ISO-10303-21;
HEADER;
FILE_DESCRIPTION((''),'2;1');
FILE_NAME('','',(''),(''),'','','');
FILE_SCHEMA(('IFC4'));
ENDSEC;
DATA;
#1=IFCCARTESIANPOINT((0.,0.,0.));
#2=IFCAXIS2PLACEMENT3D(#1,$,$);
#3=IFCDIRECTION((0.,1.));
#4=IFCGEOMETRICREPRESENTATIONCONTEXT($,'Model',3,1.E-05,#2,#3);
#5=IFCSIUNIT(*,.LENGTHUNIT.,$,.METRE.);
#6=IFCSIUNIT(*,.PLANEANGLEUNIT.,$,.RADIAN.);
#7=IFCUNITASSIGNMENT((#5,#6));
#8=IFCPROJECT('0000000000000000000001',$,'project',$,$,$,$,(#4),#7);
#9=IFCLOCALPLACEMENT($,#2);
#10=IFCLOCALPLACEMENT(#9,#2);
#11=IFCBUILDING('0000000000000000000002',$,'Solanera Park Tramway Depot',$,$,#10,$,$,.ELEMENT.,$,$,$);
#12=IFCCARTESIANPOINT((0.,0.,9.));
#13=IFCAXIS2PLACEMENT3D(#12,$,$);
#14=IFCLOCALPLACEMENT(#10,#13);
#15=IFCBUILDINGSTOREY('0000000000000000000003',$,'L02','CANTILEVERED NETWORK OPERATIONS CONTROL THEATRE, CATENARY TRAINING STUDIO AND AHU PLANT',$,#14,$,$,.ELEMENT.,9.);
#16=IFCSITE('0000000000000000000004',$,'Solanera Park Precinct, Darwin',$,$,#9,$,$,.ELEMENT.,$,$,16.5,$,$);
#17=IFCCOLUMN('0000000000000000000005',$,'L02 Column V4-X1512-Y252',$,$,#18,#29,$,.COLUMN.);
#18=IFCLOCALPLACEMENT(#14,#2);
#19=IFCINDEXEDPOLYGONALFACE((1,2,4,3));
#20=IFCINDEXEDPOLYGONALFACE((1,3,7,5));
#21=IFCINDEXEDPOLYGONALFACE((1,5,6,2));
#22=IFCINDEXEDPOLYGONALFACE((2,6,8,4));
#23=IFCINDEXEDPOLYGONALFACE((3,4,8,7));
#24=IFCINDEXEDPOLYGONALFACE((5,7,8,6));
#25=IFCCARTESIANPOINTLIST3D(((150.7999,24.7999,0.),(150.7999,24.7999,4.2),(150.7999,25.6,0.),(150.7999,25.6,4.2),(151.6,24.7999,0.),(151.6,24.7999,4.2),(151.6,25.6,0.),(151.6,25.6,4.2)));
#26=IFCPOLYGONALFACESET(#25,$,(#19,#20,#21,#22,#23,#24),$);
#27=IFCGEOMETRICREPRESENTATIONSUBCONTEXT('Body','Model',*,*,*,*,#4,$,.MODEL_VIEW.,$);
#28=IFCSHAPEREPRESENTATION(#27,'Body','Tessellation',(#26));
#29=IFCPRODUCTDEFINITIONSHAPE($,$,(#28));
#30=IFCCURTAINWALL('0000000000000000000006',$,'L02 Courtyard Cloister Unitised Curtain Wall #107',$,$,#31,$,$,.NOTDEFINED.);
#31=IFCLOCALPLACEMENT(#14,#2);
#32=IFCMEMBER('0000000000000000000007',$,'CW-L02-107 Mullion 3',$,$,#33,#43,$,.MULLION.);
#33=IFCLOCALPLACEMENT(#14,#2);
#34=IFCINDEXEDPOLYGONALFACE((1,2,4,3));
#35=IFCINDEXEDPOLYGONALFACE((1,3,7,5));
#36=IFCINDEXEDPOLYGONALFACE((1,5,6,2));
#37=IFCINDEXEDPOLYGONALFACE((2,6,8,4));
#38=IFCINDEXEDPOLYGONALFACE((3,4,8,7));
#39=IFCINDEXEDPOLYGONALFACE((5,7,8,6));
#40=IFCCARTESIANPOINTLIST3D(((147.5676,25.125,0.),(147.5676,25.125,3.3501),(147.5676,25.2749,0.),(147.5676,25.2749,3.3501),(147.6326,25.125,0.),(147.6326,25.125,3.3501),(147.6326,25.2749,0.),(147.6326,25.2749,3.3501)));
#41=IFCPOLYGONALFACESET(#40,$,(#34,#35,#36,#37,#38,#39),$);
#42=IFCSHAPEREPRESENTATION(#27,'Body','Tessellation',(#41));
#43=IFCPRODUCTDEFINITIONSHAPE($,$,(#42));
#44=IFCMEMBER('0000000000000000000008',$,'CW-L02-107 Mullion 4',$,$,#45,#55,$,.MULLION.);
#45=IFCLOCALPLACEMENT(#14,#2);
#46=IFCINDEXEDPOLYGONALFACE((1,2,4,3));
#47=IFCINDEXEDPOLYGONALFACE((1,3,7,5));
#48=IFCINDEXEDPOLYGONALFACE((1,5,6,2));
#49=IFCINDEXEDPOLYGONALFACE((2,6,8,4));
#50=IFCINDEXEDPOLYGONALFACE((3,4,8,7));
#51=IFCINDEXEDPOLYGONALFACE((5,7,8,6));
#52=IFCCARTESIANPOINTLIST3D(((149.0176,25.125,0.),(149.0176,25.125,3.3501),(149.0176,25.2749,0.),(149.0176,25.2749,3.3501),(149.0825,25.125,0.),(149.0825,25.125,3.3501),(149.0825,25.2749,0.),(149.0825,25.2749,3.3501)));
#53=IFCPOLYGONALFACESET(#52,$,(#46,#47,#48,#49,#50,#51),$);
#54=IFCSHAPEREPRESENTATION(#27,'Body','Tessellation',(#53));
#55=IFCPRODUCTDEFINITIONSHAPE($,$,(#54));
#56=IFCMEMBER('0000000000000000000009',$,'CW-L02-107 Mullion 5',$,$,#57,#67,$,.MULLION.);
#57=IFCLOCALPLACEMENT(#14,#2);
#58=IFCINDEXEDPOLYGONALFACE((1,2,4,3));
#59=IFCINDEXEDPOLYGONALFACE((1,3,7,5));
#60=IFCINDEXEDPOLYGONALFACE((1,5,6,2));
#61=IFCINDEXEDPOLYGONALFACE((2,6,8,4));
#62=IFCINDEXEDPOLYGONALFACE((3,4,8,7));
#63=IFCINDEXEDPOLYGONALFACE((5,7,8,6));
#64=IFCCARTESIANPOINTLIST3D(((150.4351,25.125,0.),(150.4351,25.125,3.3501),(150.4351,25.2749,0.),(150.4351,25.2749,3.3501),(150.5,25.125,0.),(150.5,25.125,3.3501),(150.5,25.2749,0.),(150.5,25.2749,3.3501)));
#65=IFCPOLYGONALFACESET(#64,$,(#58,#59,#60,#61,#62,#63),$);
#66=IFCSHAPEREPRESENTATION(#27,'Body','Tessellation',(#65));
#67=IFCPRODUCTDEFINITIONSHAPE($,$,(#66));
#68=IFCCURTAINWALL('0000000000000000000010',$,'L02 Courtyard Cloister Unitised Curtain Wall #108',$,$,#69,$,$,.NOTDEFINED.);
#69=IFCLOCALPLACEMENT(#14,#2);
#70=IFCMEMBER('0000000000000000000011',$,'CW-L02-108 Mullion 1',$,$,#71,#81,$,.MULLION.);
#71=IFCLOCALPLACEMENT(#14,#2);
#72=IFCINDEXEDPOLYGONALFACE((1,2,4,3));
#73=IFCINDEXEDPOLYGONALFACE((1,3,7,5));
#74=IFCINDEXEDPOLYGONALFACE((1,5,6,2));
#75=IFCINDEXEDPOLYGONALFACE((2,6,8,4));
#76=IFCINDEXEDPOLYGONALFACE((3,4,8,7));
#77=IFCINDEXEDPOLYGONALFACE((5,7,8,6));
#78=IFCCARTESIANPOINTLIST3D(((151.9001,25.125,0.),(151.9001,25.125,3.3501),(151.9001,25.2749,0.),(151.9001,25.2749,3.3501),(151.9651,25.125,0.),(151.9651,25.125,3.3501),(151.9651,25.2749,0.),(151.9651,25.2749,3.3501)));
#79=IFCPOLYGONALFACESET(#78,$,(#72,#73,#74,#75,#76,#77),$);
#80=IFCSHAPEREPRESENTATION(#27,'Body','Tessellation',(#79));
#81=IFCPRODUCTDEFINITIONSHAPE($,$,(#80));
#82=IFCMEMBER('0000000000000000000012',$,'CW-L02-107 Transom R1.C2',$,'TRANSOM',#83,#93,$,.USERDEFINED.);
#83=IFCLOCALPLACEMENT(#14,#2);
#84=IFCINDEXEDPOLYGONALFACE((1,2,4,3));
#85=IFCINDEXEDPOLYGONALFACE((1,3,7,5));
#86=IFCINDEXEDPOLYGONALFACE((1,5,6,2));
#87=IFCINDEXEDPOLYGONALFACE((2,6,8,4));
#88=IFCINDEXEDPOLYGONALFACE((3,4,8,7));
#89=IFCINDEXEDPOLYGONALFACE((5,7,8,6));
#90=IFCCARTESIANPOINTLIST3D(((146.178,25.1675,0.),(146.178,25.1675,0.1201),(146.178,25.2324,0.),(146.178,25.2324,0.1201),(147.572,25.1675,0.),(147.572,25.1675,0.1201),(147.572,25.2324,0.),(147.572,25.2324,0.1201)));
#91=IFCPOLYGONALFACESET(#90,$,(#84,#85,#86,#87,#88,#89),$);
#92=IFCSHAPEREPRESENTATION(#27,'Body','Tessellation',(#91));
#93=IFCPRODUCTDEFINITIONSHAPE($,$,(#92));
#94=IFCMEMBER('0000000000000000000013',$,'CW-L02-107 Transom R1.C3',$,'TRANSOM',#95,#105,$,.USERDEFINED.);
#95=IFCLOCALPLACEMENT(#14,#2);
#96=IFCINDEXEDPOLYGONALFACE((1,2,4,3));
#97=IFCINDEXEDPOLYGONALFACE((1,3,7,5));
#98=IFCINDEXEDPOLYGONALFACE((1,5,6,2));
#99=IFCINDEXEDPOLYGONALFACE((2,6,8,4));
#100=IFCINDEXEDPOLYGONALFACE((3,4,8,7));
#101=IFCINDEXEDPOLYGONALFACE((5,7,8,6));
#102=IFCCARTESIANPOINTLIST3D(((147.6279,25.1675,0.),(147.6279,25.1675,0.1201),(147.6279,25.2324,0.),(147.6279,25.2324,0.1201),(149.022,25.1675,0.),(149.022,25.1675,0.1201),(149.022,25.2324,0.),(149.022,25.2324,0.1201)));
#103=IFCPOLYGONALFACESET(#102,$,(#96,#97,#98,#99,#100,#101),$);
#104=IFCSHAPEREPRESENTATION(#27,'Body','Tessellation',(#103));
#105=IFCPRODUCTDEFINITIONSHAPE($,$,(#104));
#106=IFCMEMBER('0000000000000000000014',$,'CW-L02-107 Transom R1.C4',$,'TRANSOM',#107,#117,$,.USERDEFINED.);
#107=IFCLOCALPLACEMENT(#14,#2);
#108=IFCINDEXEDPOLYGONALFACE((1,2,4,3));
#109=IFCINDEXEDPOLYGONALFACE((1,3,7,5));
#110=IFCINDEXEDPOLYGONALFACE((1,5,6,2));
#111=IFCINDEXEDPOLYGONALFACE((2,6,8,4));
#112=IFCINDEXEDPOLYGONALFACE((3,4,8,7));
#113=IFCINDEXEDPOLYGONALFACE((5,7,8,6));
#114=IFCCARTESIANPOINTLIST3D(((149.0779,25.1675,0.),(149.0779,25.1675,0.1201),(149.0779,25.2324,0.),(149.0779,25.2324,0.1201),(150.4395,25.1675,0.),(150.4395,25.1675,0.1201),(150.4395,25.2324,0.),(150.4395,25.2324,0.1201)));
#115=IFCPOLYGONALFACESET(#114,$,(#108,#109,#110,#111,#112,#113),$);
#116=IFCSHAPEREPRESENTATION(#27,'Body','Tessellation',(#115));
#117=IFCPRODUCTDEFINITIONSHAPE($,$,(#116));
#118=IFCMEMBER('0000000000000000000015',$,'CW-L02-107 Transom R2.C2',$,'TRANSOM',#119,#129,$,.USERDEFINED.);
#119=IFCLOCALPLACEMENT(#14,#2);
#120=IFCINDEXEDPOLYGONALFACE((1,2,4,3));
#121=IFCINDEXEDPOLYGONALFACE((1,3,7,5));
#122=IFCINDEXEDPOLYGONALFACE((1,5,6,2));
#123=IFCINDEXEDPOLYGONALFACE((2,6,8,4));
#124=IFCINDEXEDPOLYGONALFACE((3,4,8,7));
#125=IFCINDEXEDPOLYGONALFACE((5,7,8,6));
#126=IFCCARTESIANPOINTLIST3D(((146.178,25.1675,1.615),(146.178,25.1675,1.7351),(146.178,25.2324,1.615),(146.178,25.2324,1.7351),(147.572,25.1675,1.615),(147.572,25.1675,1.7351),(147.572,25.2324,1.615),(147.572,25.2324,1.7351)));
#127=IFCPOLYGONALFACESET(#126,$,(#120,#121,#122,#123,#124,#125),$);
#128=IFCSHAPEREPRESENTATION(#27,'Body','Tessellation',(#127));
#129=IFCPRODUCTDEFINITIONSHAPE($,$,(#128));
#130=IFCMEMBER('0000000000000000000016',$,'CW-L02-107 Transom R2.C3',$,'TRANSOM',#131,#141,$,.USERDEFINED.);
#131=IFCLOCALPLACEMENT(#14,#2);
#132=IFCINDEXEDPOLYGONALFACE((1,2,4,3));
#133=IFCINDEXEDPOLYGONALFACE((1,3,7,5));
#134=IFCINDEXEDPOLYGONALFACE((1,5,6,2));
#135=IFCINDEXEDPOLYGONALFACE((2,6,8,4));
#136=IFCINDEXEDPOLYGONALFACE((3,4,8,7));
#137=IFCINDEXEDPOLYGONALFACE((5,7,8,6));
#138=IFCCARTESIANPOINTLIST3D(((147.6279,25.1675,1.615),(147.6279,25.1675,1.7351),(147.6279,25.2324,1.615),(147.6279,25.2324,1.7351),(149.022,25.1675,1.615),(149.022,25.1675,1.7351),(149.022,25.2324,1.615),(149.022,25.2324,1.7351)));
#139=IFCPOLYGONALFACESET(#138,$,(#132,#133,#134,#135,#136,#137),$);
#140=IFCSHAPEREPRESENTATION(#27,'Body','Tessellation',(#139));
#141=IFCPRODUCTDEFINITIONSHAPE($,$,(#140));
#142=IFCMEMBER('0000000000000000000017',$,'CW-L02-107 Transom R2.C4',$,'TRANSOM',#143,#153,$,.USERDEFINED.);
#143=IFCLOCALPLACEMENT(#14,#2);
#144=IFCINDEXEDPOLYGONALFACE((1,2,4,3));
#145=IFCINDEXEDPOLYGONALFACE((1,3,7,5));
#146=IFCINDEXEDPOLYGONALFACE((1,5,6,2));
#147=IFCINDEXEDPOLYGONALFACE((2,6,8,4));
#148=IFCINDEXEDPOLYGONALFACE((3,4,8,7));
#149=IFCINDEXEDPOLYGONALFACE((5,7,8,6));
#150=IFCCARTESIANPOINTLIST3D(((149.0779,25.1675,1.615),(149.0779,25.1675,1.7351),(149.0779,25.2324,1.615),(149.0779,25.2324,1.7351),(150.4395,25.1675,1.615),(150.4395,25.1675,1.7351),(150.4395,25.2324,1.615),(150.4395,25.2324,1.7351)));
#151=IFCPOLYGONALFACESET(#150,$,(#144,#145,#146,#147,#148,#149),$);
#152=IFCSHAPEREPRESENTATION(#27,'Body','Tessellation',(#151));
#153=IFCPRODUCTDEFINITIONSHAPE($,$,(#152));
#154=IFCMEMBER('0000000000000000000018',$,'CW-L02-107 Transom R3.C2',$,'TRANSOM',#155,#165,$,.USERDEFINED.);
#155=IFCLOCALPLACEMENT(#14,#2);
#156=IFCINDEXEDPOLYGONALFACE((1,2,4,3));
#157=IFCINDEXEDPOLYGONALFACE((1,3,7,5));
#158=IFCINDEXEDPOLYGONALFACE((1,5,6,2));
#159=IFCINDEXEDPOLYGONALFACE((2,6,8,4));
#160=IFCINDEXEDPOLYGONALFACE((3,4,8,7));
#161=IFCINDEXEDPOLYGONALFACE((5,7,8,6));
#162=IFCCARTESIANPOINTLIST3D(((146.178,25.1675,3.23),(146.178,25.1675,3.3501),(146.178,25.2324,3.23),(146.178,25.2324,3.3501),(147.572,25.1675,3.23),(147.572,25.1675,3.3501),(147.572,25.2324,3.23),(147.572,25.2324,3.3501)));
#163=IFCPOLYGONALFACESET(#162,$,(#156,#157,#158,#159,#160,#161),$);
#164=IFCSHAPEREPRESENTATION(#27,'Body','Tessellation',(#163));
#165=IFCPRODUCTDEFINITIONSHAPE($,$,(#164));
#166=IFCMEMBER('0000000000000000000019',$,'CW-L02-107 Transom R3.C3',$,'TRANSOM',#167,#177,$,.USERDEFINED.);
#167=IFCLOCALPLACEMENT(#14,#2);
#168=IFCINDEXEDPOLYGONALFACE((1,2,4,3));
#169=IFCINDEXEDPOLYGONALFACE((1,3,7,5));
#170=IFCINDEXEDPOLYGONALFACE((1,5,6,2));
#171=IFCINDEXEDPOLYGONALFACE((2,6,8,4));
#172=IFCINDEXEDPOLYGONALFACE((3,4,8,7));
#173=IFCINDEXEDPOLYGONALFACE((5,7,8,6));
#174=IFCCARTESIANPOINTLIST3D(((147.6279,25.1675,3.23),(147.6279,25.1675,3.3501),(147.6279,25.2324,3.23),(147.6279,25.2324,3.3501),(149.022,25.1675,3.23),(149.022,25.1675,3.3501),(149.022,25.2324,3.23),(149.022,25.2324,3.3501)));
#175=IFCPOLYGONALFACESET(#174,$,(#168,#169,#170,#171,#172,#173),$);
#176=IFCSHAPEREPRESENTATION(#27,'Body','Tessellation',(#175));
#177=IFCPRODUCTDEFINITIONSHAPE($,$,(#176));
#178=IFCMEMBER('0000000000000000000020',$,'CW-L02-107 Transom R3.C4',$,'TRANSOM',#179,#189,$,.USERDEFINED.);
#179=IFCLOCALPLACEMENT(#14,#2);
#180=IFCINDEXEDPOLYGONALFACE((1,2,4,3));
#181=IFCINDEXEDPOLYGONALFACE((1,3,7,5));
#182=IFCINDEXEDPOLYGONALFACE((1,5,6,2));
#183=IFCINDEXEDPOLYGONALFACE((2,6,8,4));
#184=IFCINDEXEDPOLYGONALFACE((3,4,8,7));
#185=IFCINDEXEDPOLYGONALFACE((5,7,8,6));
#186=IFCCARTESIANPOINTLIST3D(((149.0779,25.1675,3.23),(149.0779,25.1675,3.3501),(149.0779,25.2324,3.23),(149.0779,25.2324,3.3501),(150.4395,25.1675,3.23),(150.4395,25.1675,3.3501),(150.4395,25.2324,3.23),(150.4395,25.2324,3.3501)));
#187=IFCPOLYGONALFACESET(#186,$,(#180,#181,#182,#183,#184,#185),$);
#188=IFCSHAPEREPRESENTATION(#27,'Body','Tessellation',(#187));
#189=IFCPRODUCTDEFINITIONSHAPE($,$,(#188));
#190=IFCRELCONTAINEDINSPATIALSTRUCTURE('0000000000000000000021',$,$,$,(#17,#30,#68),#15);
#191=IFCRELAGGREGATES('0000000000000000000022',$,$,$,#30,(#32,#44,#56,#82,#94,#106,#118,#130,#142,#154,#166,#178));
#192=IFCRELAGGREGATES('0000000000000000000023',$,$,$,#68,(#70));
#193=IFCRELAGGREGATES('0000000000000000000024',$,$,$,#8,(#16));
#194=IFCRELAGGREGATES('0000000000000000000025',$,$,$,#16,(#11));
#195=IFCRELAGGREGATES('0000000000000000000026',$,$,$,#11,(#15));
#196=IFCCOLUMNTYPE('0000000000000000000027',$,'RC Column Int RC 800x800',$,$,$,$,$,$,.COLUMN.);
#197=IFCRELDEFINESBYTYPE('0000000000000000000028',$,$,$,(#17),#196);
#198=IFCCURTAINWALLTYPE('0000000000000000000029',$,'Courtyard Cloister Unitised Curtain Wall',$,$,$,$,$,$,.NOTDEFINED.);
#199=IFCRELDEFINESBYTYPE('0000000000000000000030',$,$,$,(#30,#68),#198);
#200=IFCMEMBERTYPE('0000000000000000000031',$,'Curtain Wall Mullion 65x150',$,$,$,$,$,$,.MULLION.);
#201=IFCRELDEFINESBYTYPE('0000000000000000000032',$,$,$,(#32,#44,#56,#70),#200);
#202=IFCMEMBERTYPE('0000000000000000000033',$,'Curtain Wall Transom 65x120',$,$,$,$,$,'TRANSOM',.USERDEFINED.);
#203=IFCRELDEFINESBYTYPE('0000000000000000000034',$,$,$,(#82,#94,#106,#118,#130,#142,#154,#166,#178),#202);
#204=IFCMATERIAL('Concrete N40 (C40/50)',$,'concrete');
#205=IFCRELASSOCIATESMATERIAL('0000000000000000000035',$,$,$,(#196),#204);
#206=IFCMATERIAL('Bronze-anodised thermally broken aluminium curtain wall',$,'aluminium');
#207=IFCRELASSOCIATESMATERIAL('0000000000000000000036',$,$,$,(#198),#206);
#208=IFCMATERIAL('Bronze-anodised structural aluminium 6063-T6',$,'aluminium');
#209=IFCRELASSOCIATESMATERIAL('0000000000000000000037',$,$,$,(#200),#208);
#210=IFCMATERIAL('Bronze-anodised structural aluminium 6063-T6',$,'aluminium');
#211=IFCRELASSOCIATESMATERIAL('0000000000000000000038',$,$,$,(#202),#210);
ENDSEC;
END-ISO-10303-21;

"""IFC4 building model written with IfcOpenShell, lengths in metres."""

from ifc_helpers import new_model, si_unit, direction, frame, origin, origin_2d, place, context, subcontext, project, spatial, rectangle, extrude, material, material_profile, profile_set, type_object, element, aggregate, save


model = new_model("IFC4")

# Units and contexts
model_context = context("Model", 3, precision=1e-05, world=origin(), true_north=direction((0.0, 1.0)))
body_context = subcontext(model_context, "Body", "Model", "MODEL_VIEW")
ifc_project = project(units=[si_unit("LENGTHUNIT", "METRE"), si_unit("PLANEANGLEUNIT", "RADIAN")], contexts=[model_context])

# Site, building, storey
site_placement = place(None, origin())
site = spatial("IfcSite", under=ifc_project, at=site_placement, Name="Solanera Park Precinct, Darwin", CompositionType="ELEMENT", RefElevation=16.5)
building_placement = place(site_placement, origin())
building = spatial("IfcBuilding", under=site, at=building_placement, Name="Solanera Park Tramway Depot", CompositionType="ELEMENT")
storey_placement = place(building_placement, frame((0.0, 0.0, 9.0)))
storey = spatial("IfcBuildingStorey", under=building, at=storey_placement, Name="L02", Description="CANTILEVERED NETWORK OPERATIONS CONTROL THEATRE, CATENARY TRAINING STUDIO AND AHU PLANT", CompositionType="ELEMENT", Elevation=9.0)

# Column
ifc_material_1 = material(Name="Concrete N40 (C40/50)", Category="concrete")
ifc_material_profile_1 = material_profile(ifc_material_1, rectangle(XDim=0.8, YDim=0.8, at=origin_2d()), Name="RC 800x800")
ifc_profile_set_1 = profile_set([ifc_material_profile_1], Name="Concrete N40 (C40/50)")
column_type = type_object("IfcColumnType", Name="RC Column Int RC 800x800", PredefinedType="COLUMN", material=ifc_profile_set_1)
column_placement = place(storey_placement, frame((151.2, 25.2, 0.0), z_axis=(0.0, 0.0, 1.0), x_axis=(1.0, 0.0, 0.0)))
element("IfcColumn", 1, at=column_placement, inside=storey, type_object=column_type, Name="L02 Column V4-X1512-Y252", PredefinedType="COLUMN", context=body_context, shape_type="SweptSolid", body=[
    extrude(rectangle(XDim=0.8, YDim=0.8, at=origin_2d()), origin(), (0.0, 0.0, 1.0), 4.2),
])

# Curtain wall, members
ifc_material_2 = material(Name="Bronze-anodised thermally broken aluminium curtain wall", Category="aluminium")
curtain_wall_type = type_object("IfcCurtainWallType", Name="Courtyard Cloister Unitised Curtain Wall", PredefinedType="NOTDEFINED", material=ifc_material_2)
curtain_wall_1_placement = place(storey_placement, origin())
curtain_wall_1 = element("IfcCurtainWall", 2, at=curtain_wall_1_placement, inside=storey, type_object=curtain_wall_type, Name="L02 Courtyard Cloister Unitised Curtain Wall #107", PredefinedType="NOTDEFINED")
ifc_material_3 = material(Name="Bronze-anodised structural aluminium 6063-T6", Category="aluminium")
ifc_material_profile_2 = material_profile(ifc_material_3, rectangle(XDim=0.0649, YDim=0.1499, at=origin_2d()), Name="Curtain Wall Mullion 65x150")
ifc_profile_set_2 = profile_set([ifc_material_profile_2], Name="Bronze-anodised structural aluminium 6063-T6")
member_type_1 = type_object("IfcMemberType", Name="Curtain Wall Mullion 65x150", PredefinedType="MULLION", material=ifc_profile_set_2)
member_1_placement = place(storey_placement, frame((147.6001, 25.2, 0.0), z_axis=(0.0, 0.0, 1.0), x_axis=(1.0, 0.0, 0.0)))
member_1 = element("IfcMember", 3, at=member_1_placement, type_object=member_type_1, Name="CW-L02-107 Mullion 3", PredefinedType="MULLION", context=body_context, shape_type="SweptSolid", body=[
    extrude(rectangle(XDim=0.0649, YDim=0.1499, at=origin_2d()), origin(), (0.0, 0.0, 1.0), 3.3501),
])
member_2_placement = place(storey_placement, frame((149.05, 25.2, 0.0), z_axis=(0.0, 0.0, 1.0), x_axis=(1.0, 0.0, 0.0)))
member_2 = element("IfcMember", 4, at=member_2_placement, type_object=member_type_1, Name="CW-L02-107 Mullion 4", PredefinedType="MULLION", context=body_context, shape_type="SweptSolid", body=[
    extrude(rectangle(XDim=0.0649, YDim=0.1499, at=origin_2d()), origin(), (0.0, 0.0, 1.0), 3.3501),
])
member_3_placement = place(storey_placement, frame((150.4675, 25.2, 0.0), z_axis=(0.0, 0.0, 1.0), x_axis=(1.0, 0.0, 0.0)))
member_3 = element("IfcMember", 5, at=member_3_placement, type_object=member_type_1, Name="CW-L02-107 Mullion 5", PredefinedType="MULLION", context=body_context, shape_type="SweptSolid", body=[
    extrude(rectangle(XDim=0.0649, YDim=0.1499, at=origin_2d()), origin(), (0.0, 0.0, 1.0), 3.3501),
])

# Curtain wall, member
curtain_wall_2_placement = place(storey_placement, origin())
curtain_wall_2 = element("IfcCurtainWall", 6, at=curtain_wall_2_placement, inside=storey, type_object=curtain_wall_type, Name="L02 Courtyard Cloister Unitised Curtain Wall #108", PredefinedType="NOTDEFINED")
member_4_placement = place(storey_placement, frame((151.9326, 25.2, 0.0), z_axis=(0.0, 0.0, 1.0), x_axis=(1.0, 0.0, 0.0)))
member_4 = element("IfcMember", 7, at=member_4_placement, type_object=member_type_1, Name="CW-L02-108 Mullion 1", PredefinedType="MULLION", context=body_context, shape_type="SweptSolid", body=[
    extrude(rectangle(XDim=0.0649, YDim=0.1499, at=origin_2d()), origin(), (0.0, 0.0, 1.0), 3.3501),
])

# Members
ifc_material_4 = material(Name="Bronze-anodised structural aluminium 6063-T6", Category="aluminium")
ifc_material_profile_3 = material_profile(ifc_material_4, rectangle(XDim=0.0649, YDim=0.1201, at=origin_2d()), Name="Curtain Wall Transom 65x120")
ifc_profile_set_3 = profile_set([ifc_material_profile_3], Name="Bronze-anodised structural aluminium 6063-T6")
member_type_2 = type_object("IfcMemberType", Name="Curtain Wall Transom 65x120", ElementType="TRANSOM", PredefinedType="USERDEFINED", material=ifc_profile_set_3)
member_5_placement = place(storey_placement, frame((146.178, 25.2, 0.0601), z_axis=(1.0, 0.0, 0.0), x_axis=(0.0, 1.0, 0.0)))
member_5 = element("IfcMember", 8, at=member_5_placement, type_object=member_type_2, Name="CW-L02-107 Transom R1.C2", ObjectType="TRANSOM", PredefinedType="USERDEFINED", context=body_context, shape_type="SweptSolid", body=[
    extrude(rectangle(XDim=0.0649, YDim=0.1201, at=origin_2d()), origin(), (0.0, 0.0, 1.0), 1.394),
])
member_6_placement = place(storey_placement, frame((147.6279, 25.2, 0.0601), z_axis=(1.0, 0.0, 0.0), x_axis=(0.0, 1.0, 0.0)))
member_6 = element("IfcMember", 9, at=member_6_placement, type_object=member_type_2, Name="CW-L02-107 Transom R1.C3", ObjectType="TRANSOM", PredefinedType="USERDEFINED", context=body_context, shape_type="SweptSolid", body=[
    extrude(rectangle(XDim=0.0649, YDim=0.1201, at=origin_2d()), origin(), (0.0, 0.0, 1.0), 1.394),
])
member_7_placement = place(storey_placement, frame((149.0779, 25.2, 0.0601), z_axis=(1.0, 0.0, 0.0), x_axis=(0.0, 1.0, 0.0)))
member_7 = element("IfcMember", 10, at=member_7_placement, type_object=member_type_2, Name="CW-L02-107 Transom R1.C4", ObjectType="TRANSOM", PredefinedType="USERDEFINED", context=body_context, shape_type="SweptSolid", body=[
    extrude(rectangle(XDim=0.0649, YDim=0.1201, at=origin_2d()), origin(), (0.0, 0.0, 1.0), 1.3616),
])
member_8_placement = place(storey_placement, frame((146.178, 25.2, 1.675), z_axis=(1.0, 0.0, 0.0), x_axis=(0.0, 1.0, 0.0)))
member_8 = element("IfcMember", 11, at=member_8_placement, type_object=member_type_2, Name="CW-L02-107 Transom R2.C2", ObjectType="TRANSOM", PredefinedType="USERDEFINED", context=body_context, shape_type="SweptSolid", body=[
    extrude(rectangle(XDim=0.0649, YDim=0.1201, at=origin_2d()), origin(), (0.0, 0.0, 1.0), 1.394),
])
member_9_placement = place(storey_placement, frame((147.6279, 25.2, 1.675), z_axis=(1.0, 0.0, 0.0), x_axis=(0.0, 1.0, 0.0)))
member_9 = element("IfcMember", 12, at=member_9_placement, type_object=member_type_2, Name="CW-L02-107 Transom R2.C3", ObjectType="TRANSOM", PredefinedType="USERDEFINED", context=body_context, shape_type="SweptSolid", body=[
    extrude(rectangle(XDim=0.0649, YDim=0.1201, at=origin_2d()), origin(), (0.0, 0.0, 1.0), 1.394),
])
member_10_placement = place(storey_placement, frame((149.0779, 25.2, 1.675), z_axis=(1.0, 0.0, 0.0), x_axis=(0.0, 1.0, 0.0)))
member_10 = element("IfcMember", 13, at=member_10_placement, type_object=member_type_2, Name="CW-L02-107 Transom R2.C4", ObjectType="TRANSOM", PredefinedType="USERDEFINED", context=body_context, shape_type="SweptSolid", body=[
    extrude(rectangle(XDim=0.0649, YDim=0.1201, at=origin_2d()), origin(), (0.0, 0.0, 1.0), 1.3616),
])
member_11_placement = place(storey_placement, frame((146.178, 25.2, 3.29), z_axis=(1.0, 0.0, 0.0), x_axis=(0.0, 1.0, 0.0)))
member_11 = element("IfcMember", 14, at=member_11_placement, type_object=member_type_2, Name="CW-L02-107 Transom R3.C2", ObjectType="TRANSOM", PredefinedType="USERDEFINED", context=body_context, shape_type="SweptSolid", body=[
    extrude(rectangle(XDim=0.0649, YDim=0.1201, at=origin_2d()), origin(), (0.0, 0.0, 1.0), 1.394),
])
member_12_placement = place(storey_placement, frame((147.6279, 25.2, 3.29), z_axis=(1.0, 0.0, 0.0), x_axis=(0.0, 1.0, 0.0)))
member_12 = element("IfcMember", 15, at=member_12_placement, type_object=member_type_2, Name="CW-L02-107 Transom R3.C3", ObjectType="TRANSOM", PredefinedType="USERDEFINED", context=body_context, shape_type="SweptSolid", body=[
    extrude(rectangle(XDim=0.0649, YDim=0.1201, at=origin_2d()), origin(), (0.0, 0.0, 1.0), 1.394),
])
member_13_placement = place(storey_placement, frame((149.0779, 25.2, 3.29), z_axis=(1.0, 0.0, 0.0), x_axis=(0.0, 1.0, 0.0)))
member_13 = element("IfcMember", 16, at=member_13_placement, type_object=member_type_2, Name="CW-L02-107 Transom R3.C4", ObjectType="TRANSOM", PredefinedType="USERDEFINED", context=body_context, shape_type="SweptSolid", body=[
    extrude(rectangle(XDim=0.0649, YDim=0.1201, at=origin_2d()), origin(), (0.0, 0.0, 1.0), 1.3616),
])

aggregate(curtain_wall_1, [member_1, member_2, member_3, member_5, member_6, member_7, member_8, member_9, member_10, member_11, member_12, member_13])
aggregate(curtain_wall_2, [member_4])

save(model, "model.ifc")
